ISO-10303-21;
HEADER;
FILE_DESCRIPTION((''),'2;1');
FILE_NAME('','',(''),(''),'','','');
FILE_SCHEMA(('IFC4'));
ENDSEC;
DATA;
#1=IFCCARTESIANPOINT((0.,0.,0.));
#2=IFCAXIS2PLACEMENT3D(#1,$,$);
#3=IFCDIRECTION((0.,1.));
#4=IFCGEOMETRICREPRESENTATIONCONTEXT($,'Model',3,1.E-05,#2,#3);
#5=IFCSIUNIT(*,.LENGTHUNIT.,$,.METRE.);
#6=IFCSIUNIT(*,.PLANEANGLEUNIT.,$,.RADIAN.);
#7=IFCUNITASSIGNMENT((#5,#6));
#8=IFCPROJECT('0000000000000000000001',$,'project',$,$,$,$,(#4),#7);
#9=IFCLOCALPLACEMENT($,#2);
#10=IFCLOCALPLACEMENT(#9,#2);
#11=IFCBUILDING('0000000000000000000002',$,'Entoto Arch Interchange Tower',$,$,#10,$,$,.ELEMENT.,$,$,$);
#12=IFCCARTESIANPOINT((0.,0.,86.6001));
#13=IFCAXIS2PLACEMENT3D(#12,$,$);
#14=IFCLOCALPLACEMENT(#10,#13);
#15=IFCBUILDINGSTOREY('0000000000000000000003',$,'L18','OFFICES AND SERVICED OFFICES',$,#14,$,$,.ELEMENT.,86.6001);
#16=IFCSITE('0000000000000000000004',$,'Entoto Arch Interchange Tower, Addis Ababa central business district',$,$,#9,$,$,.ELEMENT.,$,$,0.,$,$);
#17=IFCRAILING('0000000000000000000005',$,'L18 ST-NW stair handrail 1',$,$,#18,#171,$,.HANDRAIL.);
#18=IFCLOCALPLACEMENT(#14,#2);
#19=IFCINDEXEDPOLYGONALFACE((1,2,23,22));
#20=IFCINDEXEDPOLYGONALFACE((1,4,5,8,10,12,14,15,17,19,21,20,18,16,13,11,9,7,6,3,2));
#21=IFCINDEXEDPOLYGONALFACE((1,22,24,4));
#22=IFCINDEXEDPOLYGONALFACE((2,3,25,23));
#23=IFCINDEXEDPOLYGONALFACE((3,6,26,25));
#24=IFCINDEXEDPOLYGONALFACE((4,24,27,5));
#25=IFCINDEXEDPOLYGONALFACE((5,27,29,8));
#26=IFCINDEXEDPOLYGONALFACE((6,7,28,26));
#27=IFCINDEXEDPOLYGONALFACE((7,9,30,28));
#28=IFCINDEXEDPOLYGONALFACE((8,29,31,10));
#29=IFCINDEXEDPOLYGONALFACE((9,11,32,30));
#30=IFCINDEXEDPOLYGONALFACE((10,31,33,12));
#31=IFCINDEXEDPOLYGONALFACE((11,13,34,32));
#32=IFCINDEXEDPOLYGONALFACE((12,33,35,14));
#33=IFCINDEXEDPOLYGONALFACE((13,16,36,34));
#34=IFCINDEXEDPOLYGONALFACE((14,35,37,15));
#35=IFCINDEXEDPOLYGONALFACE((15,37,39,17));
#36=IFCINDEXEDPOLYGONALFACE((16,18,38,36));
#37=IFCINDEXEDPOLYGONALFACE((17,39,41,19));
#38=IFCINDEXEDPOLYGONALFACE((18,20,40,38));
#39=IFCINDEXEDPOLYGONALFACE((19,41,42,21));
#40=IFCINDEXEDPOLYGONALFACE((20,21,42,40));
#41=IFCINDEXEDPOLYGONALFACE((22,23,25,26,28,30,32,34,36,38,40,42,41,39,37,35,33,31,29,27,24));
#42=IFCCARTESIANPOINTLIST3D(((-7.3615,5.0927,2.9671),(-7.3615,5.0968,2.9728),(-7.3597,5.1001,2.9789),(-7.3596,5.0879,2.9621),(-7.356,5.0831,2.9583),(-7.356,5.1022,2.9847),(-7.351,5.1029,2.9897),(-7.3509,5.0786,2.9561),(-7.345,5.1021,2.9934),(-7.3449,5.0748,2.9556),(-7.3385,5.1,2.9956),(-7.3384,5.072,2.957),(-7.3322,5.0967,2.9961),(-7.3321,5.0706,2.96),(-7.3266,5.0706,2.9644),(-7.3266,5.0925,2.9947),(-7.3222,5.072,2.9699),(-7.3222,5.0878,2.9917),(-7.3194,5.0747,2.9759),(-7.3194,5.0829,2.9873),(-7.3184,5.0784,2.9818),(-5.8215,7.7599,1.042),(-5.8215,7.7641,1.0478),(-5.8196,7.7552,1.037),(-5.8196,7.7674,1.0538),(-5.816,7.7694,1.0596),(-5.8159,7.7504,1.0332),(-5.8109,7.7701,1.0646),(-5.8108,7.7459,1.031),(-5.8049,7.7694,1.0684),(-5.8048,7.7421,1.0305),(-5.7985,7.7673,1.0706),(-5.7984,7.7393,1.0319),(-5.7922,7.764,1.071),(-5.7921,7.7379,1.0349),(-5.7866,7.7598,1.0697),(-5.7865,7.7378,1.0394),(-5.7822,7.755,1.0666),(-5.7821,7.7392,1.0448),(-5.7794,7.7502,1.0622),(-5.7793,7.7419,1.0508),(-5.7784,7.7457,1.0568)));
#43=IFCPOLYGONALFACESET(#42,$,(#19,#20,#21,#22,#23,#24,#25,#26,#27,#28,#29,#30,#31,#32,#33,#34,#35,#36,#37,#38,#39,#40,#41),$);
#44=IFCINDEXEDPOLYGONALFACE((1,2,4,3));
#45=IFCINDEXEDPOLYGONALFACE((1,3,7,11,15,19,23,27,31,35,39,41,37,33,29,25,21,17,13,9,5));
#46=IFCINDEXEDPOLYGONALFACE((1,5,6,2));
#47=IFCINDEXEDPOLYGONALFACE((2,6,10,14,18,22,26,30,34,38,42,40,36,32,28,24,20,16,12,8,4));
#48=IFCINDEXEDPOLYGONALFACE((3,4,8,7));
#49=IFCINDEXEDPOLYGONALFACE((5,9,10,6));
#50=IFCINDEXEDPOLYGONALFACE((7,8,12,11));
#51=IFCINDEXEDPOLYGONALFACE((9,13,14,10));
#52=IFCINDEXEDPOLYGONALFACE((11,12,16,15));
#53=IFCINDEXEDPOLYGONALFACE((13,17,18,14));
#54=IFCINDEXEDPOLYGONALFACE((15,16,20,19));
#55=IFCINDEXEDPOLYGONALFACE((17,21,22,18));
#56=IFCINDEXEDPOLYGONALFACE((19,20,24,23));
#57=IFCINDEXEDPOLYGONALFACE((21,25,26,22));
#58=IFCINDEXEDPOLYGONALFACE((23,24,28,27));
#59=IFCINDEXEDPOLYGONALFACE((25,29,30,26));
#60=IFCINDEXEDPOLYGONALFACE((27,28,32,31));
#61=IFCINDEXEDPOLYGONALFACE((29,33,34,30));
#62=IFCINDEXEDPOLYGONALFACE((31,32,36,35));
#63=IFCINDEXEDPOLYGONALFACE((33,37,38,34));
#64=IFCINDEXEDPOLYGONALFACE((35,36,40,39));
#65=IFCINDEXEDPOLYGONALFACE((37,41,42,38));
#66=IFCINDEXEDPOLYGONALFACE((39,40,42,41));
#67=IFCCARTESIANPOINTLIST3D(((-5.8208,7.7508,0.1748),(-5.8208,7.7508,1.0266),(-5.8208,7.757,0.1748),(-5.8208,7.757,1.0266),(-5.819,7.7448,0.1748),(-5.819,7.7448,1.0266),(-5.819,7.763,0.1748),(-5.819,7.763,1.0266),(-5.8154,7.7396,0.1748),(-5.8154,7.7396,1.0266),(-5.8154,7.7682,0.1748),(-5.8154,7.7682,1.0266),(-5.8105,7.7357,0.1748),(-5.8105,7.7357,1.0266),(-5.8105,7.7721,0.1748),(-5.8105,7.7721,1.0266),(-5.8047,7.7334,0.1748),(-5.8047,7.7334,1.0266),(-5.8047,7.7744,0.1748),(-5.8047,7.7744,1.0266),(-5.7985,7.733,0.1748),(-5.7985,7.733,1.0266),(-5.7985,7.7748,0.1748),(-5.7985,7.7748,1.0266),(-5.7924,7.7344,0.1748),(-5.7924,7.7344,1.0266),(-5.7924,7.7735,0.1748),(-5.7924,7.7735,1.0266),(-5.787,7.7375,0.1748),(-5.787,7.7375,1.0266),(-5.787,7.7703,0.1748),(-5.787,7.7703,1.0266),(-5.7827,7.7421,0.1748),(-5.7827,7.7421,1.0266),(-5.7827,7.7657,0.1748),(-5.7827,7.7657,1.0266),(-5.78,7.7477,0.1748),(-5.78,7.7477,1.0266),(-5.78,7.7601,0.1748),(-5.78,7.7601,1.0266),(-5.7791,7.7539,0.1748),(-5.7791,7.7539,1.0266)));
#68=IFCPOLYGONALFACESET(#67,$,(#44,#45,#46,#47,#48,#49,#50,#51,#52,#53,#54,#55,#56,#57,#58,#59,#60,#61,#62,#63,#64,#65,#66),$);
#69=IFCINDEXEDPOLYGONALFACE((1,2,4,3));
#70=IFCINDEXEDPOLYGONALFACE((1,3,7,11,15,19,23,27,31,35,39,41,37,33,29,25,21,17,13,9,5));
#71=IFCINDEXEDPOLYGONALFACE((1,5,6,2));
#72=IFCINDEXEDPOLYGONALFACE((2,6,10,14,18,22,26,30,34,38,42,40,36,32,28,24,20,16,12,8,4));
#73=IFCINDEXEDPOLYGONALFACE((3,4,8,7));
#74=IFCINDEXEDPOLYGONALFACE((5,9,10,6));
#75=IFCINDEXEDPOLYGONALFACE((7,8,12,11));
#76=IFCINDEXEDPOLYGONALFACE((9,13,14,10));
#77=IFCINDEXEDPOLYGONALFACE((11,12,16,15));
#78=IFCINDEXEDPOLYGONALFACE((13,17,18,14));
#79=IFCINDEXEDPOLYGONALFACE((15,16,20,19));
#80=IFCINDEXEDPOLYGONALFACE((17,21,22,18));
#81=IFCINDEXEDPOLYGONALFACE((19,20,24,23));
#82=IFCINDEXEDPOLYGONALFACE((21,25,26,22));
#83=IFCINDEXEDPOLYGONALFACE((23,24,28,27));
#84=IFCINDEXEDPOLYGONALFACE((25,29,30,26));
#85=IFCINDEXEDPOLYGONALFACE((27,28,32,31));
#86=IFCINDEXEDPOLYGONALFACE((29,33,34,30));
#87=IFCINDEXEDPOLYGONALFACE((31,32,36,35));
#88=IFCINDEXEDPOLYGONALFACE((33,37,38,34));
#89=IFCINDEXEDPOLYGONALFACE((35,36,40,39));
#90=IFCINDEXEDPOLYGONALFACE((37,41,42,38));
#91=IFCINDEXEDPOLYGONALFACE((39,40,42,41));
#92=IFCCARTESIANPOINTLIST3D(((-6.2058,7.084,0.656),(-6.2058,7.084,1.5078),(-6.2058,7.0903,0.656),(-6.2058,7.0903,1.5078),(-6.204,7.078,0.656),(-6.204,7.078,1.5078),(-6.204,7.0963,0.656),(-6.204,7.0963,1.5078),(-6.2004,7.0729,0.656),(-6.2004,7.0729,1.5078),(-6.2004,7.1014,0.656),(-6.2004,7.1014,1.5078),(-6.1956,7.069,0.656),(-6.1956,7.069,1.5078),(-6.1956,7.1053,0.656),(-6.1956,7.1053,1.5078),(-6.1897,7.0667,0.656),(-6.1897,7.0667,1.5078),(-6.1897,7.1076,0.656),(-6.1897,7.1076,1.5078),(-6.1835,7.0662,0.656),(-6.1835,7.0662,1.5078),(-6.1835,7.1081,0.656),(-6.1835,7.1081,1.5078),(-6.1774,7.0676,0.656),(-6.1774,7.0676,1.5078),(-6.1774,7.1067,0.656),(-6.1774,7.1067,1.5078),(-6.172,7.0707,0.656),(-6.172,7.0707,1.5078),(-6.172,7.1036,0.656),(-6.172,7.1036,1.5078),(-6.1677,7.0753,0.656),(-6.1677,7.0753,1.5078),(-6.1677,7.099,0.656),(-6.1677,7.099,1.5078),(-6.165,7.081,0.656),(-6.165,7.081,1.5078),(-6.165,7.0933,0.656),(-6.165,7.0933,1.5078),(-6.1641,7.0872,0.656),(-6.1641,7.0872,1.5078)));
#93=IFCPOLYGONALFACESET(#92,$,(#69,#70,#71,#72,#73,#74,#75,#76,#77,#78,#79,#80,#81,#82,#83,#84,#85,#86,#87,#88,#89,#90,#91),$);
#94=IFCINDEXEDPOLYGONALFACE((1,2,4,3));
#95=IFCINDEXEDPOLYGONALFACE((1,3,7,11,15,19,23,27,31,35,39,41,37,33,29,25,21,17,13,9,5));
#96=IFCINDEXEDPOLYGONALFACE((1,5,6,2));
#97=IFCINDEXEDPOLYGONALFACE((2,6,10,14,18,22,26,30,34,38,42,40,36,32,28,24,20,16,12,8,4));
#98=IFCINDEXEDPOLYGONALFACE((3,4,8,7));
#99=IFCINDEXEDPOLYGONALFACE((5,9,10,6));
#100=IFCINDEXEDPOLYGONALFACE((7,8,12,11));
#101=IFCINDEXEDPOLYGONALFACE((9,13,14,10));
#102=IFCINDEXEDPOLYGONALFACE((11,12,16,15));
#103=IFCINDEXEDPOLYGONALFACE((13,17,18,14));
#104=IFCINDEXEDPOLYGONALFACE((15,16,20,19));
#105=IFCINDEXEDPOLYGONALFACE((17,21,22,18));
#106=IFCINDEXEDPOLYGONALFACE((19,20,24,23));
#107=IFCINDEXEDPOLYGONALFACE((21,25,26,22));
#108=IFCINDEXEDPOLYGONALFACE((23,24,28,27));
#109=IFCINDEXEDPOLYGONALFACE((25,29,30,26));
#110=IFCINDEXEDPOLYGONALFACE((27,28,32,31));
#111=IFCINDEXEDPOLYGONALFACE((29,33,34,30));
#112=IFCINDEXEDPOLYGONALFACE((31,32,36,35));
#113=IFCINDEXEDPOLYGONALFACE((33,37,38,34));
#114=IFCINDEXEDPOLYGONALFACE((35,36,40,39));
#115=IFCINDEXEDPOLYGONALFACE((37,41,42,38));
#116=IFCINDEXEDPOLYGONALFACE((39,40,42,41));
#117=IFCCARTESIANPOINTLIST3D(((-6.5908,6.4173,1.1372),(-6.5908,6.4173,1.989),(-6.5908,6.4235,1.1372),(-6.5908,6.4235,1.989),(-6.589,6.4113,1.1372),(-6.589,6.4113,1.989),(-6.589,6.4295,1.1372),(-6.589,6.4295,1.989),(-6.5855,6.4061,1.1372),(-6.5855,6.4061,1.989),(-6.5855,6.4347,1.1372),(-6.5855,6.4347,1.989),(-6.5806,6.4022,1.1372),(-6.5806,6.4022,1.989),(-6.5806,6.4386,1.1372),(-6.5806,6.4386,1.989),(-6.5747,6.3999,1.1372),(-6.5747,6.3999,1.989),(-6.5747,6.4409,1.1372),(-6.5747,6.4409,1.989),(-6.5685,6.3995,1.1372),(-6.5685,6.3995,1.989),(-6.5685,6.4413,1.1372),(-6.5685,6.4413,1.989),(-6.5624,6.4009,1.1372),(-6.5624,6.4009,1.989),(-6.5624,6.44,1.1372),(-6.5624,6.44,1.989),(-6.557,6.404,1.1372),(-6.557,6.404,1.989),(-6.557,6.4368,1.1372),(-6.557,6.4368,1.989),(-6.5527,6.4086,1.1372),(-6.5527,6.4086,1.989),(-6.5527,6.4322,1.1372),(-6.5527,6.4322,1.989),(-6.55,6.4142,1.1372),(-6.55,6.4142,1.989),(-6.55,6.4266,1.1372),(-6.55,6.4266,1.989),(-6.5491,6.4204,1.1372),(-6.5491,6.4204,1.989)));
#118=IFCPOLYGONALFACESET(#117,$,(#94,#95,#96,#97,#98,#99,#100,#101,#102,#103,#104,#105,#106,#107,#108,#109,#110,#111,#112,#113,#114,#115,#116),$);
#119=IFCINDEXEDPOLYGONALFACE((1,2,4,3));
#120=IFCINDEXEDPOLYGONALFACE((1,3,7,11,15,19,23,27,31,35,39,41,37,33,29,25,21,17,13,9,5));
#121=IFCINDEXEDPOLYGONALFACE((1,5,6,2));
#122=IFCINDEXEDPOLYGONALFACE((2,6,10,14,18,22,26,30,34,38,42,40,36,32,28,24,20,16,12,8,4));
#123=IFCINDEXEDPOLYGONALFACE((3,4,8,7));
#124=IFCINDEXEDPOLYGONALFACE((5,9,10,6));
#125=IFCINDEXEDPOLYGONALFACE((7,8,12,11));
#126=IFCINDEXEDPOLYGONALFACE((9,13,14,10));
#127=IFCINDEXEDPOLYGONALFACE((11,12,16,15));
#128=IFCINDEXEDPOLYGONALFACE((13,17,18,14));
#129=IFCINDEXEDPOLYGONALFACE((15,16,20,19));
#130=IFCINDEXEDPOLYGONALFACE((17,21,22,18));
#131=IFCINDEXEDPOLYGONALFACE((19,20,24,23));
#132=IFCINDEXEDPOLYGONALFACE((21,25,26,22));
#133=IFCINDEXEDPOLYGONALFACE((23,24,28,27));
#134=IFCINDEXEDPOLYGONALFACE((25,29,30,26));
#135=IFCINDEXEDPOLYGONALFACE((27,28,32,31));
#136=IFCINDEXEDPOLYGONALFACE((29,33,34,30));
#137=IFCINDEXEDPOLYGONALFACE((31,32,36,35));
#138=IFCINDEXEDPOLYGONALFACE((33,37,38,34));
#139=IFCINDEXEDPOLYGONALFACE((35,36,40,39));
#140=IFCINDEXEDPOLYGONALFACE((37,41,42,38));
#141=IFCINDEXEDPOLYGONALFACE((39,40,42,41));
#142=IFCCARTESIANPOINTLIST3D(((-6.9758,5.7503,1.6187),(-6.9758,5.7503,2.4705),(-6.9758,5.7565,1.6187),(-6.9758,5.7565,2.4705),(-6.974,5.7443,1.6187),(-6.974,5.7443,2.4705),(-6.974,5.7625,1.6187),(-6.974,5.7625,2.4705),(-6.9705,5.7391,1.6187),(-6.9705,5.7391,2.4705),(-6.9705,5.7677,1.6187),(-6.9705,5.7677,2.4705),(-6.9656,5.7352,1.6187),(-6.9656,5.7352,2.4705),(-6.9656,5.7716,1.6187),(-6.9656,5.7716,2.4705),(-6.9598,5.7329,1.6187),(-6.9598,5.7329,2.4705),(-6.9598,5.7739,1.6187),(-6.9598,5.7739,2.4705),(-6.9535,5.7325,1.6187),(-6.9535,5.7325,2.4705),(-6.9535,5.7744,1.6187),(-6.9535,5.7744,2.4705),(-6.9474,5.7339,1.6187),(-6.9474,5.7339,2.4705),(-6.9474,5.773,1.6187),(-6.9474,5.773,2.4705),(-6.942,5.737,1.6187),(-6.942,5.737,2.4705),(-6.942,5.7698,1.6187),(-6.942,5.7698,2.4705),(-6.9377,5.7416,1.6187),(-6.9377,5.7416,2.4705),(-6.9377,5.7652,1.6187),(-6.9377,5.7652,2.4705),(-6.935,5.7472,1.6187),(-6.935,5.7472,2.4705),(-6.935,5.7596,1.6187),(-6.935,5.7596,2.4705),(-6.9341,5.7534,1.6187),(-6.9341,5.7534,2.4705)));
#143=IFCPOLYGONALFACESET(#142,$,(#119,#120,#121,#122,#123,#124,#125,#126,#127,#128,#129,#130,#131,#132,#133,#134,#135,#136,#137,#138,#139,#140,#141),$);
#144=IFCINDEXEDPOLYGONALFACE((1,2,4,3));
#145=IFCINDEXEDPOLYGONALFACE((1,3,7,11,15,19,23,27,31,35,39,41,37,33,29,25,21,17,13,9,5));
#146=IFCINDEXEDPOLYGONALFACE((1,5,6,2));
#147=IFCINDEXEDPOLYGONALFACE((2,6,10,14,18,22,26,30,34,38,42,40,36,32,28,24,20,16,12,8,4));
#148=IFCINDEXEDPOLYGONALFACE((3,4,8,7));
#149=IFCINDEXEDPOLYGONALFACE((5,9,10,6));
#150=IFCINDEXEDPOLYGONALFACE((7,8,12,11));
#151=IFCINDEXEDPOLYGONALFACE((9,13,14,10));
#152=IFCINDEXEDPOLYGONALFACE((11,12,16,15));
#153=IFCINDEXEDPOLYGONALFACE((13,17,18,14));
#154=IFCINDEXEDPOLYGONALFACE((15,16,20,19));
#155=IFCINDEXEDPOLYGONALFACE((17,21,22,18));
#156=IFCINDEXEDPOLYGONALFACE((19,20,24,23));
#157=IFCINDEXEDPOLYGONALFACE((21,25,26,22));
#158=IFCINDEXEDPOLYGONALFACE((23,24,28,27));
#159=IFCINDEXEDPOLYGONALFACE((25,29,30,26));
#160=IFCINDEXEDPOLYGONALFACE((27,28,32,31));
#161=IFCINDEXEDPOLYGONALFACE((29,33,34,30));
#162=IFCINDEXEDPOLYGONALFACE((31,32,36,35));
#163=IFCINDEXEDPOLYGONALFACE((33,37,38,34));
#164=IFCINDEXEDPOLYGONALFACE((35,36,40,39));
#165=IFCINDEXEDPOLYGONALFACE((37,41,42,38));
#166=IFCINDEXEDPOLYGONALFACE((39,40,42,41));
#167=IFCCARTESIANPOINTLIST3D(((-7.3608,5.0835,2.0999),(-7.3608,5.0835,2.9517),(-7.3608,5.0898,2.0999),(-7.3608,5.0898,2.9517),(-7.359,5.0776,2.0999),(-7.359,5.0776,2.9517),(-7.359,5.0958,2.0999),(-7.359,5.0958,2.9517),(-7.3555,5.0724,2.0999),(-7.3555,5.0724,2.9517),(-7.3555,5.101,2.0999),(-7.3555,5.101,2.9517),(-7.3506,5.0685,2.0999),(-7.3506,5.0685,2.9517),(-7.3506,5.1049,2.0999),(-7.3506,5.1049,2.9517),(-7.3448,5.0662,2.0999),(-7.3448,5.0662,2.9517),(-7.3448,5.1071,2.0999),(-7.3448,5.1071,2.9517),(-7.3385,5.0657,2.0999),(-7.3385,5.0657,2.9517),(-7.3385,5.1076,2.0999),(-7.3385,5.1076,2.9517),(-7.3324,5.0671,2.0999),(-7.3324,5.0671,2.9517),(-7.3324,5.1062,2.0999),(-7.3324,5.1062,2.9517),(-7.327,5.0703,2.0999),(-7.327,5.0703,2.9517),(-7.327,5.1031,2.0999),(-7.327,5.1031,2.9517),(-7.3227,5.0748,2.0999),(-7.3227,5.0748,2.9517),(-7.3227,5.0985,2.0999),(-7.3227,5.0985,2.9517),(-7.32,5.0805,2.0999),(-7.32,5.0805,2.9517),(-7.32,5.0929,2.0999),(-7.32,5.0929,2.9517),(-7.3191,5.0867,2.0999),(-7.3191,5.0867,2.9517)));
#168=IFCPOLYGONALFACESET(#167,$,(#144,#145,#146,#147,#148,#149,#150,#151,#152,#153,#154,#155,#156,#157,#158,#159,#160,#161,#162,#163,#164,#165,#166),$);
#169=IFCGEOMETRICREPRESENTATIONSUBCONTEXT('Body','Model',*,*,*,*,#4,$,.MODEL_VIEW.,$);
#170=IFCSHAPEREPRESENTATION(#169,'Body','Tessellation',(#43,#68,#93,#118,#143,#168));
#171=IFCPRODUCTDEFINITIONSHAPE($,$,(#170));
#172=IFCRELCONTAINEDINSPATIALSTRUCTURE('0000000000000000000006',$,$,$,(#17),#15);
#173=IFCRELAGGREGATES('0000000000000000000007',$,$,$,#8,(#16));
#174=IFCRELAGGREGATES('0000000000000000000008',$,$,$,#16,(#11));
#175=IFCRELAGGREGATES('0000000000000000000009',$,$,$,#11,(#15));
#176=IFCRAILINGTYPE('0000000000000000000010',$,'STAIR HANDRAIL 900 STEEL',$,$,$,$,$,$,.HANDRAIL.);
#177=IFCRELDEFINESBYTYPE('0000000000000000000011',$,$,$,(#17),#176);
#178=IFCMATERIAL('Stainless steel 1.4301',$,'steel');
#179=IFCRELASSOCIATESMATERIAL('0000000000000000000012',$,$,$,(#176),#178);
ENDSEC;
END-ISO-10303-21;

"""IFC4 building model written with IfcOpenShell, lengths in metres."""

from ifc_helpers import new_model, si_unit, direction, frame, origin, origin_2d, place, context, subcontext, project, spatial, circle, extrude, material, type_object, element, save


model = new_model("IFC4")

# Units and contexts
model_context = context("Model", 3, precision=1e-05, world=origin(), true_north=direction((0.0, 1.0)))
body_context = subcontext(model_context, "Body", "Model", "MODEL_VIEW")
ifc_project = project(units=[si_unit("LENGTHUNIT", "METRE"), si_unit("PLANEANGLEUNIT", "RADIAN")], contexts=[model_context])

# Site, building, storey
site_placement = place(None, origin())
site = spatial("IfcSite", under=ifc_project, at=site_placement, Name="Entoto Arch Interchange Tower, Addis Ababa central business district", CompositionType="ELEMENT", RefElevation=0.0)
building_placement = place(site_placement, origin())
building = spatial("IfcBuilding", under=site, at=building_placement, Name="Entoto Arch Interchange Tower", CompositionType="ELEMENT")
storey_placement = place(building_placement, frame((0.0, 0.0, 86.6001)))
storey = spatial("IfcBuildingStorey", under=building, at=storey_placement, Name="L18", Description="OFFICES AND SERVICED OFFICES", CompositionType="ELEMENT", Elevation=86.6001)

# Railing
ifc_material_1 = material(Name="Stainless steel 1.4301", Category="steel")
railing_type = type_object("IfcRailingType", Name="STAIR HANDRAIL 900 STEEL", PredefinedType="HANDRAIL", material=ifc_material_1)
railing_placement = place(storey_placement, frame((-5.8, 7.7539, 0.1748)))
element("IfcRailing", 1, at=railing_placement, inside=storey, type_object=railing_type, Name="L18 ST-NW stair handrail 1", PredefinedType="HANDRAIL", context=body_context, shape_type="SweptSolid", body=[
    extrude(circle(Radius=0.0239, at=origin_2d()), frame((0.0, 0.0, 0.876), z_axis=(-0.424015, -0.734364, 0.530019), x_axis=(0.86601, -0.500027, 0.0)), (0.0, 0.0, 1.0), 3.6321),
    extrude(circle(Radius=0.021, at=origin_2d()), origin(), (0.0, 0.0, 1.0), 0.8518),
    extrude(circle(Radius=0.021, at=origin_2d()), frame((-0.385, -0.6667, 0.4812)), (0.0, 0.0, 1.0), 0.8518),
    extrude(circle(Radius=0.021, at=origin_2d()), frame((-0.77, -1.3335, 0.9624)), (0.0, 0.0, 1.0), 0.8518),
    extrude(circle(Radius=0.021, at=origin_2d()), frame((-1.155, -2.0005, 1.4438)), (0.0, 0.0, 1.0), 0.8518),
    extrude(circle(Radius=0.021, at=origin_2d()), frame((-1.54, -2.6672, 1.925)), (0.0, 0.0, 1.0), 0.8518),
])

save(model, "model.ifc")
